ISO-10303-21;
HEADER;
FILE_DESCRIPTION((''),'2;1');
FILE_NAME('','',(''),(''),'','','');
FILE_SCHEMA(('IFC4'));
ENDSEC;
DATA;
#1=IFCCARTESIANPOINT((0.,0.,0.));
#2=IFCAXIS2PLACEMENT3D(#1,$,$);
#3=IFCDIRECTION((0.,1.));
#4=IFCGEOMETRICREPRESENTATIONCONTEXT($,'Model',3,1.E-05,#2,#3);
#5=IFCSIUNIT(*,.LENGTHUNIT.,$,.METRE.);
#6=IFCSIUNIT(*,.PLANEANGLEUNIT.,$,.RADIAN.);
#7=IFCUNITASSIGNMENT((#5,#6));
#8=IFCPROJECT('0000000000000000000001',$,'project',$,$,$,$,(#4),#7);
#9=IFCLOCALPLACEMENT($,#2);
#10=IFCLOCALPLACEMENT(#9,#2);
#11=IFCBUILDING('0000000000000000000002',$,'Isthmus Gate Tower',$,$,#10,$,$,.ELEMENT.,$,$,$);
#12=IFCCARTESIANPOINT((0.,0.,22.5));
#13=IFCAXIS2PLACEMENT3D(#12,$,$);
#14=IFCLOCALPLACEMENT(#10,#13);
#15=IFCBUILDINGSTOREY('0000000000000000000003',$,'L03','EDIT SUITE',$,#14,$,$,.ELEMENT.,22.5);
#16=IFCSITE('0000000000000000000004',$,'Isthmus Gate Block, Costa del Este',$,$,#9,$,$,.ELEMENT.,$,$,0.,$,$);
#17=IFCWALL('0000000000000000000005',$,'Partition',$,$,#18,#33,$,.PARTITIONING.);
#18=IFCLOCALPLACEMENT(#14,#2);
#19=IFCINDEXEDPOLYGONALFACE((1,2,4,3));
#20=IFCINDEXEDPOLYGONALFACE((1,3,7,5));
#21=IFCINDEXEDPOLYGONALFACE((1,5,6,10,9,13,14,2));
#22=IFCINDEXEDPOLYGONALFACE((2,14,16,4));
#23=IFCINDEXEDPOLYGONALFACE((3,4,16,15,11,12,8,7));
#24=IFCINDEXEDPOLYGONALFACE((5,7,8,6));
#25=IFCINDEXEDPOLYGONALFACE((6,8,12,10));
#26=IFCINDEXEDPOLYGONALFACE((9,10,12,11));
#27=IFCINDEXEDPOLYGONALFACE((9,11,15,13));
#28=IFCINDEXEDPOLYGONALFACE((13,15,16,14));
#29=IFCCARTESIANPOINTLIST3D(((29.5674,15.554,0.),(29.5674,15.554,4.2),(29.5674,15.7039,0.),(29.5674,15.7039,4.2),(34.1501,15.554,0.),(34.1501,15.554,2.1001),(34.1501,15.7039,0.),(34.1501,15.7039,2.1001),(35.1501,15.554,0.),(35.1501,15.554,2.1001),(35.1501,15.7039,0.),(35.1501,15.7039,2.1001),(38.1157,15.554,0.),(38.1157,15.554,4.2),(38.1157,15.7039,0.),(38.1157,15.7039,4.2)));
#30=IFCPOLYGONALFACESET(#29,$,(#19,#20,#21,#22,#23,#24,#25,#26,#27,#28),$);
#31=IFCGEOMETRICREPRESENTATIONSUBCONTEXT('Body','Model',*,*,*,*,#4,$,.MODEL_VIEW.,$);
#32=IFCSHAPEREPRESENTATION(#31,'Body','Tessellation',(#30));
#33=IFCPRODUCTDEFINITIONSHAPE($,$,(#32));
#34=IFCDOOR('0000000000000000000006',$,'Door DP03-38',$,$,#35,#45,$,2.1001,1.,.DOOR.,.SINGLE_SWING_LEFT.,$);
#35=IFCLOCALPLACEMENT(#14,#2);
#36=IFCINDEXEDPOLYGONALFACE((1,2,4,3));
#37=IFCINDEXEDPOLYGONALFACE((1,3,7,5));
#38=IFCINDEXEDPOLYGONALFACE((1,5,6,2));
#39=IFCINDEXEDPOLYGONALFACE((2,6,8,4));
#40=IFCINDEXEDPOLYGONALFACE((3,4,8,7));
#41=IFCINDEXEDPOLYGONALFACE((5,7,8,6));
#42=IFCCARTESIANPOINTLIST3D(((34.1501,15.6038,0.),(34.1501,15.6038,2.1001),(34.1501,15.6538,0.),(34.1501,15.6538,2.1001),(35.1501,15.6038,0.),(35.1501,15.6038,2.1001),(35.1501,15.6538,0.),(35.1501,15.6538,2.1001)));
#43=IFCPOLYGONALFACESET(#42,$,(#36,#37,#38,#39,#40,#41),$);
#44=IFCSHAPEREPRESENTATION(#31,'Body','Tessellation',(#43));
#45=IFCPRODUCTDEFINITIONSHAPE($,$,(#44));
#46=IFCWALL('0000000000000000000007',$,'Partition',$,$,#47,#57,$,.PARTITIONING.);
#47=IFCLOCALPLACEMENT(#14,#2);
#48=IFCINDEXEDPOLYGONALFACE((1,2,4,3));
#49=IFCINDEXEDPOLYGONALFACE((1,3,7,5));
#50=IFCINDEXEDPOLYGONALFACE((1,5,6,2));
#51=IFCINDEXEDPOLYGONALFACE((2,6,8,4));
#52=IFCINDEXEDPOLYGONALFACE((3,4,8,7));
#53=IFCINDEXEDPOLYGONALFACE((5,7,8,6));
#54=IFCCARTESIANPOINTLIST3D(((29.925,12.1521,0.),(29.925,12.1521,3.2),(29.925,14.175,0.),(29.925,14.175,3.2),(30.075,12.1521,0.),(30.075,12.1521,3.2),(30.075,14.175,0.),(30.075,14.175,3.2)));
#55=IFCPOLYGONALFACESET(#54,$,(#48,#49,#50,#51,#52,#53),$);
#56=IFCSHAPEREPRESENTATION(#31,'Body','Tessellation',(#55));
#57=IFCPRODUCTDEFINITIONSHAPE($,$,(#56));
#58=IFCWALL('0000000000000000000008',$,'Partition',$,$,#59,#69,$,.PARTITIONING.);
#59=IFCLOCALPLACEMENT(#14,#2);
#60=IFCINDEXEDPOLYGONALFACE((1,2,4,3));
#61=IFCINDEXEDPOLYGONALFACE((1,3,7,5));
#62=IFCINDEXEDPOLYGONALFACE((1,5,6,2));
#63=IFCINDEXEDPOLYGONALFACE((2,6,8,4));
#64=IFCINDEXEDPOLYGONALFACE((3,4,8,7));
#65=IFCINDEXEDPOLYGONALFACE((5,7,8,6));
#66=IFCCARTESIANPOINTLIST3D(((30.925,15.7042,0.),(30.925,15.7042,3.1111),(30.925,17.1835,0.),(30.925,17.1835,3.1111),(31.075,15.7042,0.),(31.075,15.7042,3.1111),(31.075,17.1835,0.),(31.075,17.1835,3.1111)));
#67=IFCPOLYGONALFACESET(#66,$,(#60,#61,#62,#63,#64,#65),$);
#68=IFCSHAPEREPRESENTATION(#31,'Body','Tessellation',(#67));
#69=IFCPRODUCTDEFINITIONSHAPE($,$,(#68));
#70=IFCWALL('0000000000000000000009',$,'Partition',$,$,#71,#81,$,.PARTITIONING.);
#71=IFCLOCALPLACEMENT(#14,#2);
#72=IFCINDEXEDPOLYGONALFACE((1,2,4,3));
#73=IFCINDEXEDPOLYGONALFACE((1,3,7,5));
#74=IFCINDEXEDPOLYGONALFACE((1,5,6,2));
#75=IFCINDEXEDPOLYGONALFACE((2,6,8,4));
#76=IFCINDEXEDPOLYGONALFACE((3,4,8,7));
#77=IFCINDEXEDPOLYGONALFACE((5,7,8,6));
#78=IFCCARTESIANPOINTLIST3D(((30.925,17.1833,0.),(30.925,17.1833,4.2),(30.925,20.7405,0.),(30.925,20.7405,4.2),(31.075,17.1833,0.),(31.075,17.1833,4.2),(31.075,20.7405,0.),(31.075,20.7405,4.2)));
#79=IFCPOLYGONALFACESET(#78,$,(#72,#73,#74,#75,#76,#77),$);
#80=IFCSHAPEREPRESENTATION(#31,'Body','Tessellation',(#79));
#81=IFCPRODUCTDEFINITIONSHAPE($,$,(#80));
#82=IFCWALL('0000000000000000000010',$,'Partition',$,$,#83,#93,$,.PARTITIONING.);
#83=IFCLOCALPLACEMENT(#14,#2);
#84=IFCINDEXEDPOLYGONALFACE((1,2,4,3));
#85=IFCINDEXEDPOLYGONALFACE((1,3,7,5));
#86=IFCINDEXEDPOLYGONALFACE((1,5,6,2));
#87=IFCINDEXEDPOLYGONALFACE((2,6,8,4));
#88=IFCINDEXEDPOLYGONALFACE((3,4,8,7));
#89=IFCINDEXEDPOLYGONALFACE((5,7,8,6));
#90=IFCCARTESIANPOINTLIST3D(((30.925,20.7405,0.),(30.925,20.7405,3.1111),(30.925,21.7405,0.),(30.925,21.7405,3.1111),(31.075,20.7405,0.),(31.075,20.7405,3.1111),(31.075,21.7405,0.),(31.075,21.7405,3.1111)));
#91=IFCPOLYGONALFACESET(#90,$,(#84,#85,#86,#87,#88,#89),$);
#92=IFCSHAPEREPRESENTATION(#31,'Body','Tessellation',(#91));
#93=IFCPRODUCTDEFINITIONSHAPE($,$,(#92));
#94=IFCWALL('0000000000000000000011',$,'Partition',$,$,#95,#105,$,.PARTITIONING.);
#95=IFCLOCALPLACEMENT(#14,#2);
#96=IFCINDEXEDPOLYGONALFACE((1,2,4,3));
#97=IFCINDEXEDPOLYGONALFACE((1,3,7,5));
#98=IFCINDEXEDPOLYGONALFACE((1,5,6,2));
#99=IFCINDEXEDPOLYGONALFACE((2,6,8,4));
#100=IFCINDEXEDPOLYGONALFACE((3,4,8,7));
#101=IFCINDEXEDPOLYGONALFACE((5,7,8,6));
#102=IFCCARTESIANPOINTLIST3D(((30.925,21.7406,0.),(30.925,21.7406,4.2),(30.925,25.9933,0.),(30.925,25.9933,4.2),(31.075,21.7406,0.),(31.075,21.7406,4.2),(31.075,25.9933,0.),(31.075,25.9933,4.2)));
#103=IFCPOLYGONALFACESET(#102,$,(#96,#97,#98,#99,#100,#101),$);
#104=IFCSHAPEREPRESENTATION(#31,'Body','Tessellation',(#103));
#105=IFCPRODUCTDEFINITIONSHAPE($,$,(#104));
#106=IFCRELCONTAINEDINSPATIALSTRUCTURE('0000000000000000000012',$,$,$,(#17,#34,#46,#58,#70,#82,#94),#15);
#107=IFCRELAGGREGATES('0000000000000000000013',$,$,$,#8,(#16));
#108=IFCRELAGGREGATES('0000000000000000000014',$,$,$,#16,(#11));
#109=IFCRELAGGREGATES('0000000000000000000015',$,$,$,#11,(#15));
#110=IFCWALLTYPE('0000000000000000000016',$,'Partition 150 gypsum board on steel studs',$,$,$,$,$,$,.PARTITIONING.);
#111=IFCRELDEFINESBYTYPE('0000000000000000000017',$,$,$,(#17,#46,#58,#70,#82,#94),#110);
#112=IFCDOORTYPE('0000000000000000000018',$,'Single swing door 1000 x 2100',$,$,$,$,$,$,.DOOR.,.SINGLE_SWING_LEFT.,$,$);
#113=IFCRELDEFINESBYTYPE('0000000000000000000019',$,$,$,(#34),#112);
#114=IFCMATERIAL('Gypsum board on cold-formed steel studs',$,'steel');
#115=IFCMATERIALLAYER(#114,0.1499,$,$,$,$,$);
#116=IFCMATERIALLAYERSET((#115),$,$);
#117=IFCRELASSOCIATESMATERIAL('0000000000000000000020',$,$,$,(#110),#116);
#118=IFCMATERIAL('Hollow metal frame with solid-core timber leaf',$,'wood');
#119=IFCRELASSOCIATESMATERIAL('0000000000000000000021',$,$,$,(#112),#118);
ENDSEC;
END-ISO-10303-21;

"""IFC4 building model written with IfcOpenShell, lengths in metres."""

from ifc_helpers import new_model, si_unit, direction, frame, frame_2d, origin, place, context, subcontext, project, spatial, rectangle, extrude, material, layer, layer_set, type_object, element, fill, save


model = new_model("IFC4")

# Units and contexts
model_context = context("Model", 3, precision=1e-05, world=origin(), true_north=direction((0.0, 1.0)))
body_context = subcontext(model_context, "Body", "Model", "MODEL_VIEW")
ifc_project = project(units=[si_unit("LENGTHUNIT", "METRE"), si_unit("PLANEANGLEUNIT", "RADIAN")], contexts=[model_context])

# Site, building, storey
site_placement = place(None, origin())
site = spatial("IfcSite", under=ifc_project, at=site_placement, Name="Isthmus Gate Block, Costa del Este", CompositionType="ELEMENT", RefElevation=0.0)
building_placement = place(site_placement, origin())
building = spatial("IfcBuilding", under=site, at=building_placement, Name="Isthmus Gate Tower", CompositionType="ELEMENT")
storey_placement = place(building_placement, frame((0.0, 0.0, 22.5)))
storey = spatial("IfcBuildingStorey", under=building, at=storey_placement, Name="L03", Description="EDIT SUITE", CompositionType="ELEMENT", Elevation=22.5)

# Shared definitions
ifc_material_1 = material(Name="Gypsum board on cold-formed steel studs", Category="steel")
ifc_layer = layer(ifc_material_1, 0.1499)
ifc_layer_set = layer_set([ifc_layer])
wall_type = type_object("IfcWallType", Name="Partition 150 gypsum board on steel studs", PredefinedType="PARTITIONING", material=ifc_layer_set)

# Wall, opening, door
ifc_material_2 = material(Name="Hollow metal frame with solid-core timber leaf", Category="wood")
door_type = type_object("IfcDoorType", Name="Single swing door 1000 x 2100", OperationType="SINGLE_SWING_LEFT", PredefinedType="DOOR", material=ifc_material_2)
wall_1_placement = place(storey_placement, frame((29.5674, 15.6289, 0.0), z_axis=(0.0, 0.0, 1.0), x_axis=(1.0, 0.0, 0.0)))
wall_1 = element("IfcWall", 1, at=wall_1_placement, inside=storey, type_object=wall_type, Name="Partition", PredefinedType="PARTITIONING", context=body_context, shape_type="SweptSolid", body=[
    extrude(rectangle(XDim=8.5483, YDim=0.1499, at=frame_2d((4.2742, 0.0))), origin(), (0.0, 0.0, 1.0), 4.2),
])
opening_1_placement = place(wall_1_placement, frame((4.5828, 0.0, 0.0)))
opening_1 = element("IfcOpeningElement", 2, at=opening_1_placement, cuts=wall_1, PredefinedType="OPENING", context=body_context, shape_type="SweptSolid", body=[
    extrude(rectangle(XDim=1.0, YDim=2.1001, at=frame_2d((0.5, 1.05))), frame((0.0, 0.085, 0.0), z_axis=(0.0, -1.0, 0.0), x_axis=(1.0, 0.0, 0.0)), (0.0, 0.0, 1.0), 0.1699),
])
door_1_placement = place(opening_1_placement, origin())
door_1 = element("IfcDoor", 3, at=door_1_placement, inside=storey, type_object=door_type, Name="Door DP03-38", OperationType="SINGLE_SWING_LEFT", OverallHeight=2.1001, OverallWidth=1.0, PredefinedType="DOOR", context=body_context, shape_type="SweptSolid", body=[
    extrude(rectangle(XDim=1.0, YDim=2.1001, at=frame_2d((0.5, 1.05))), frame((0.0, 0.0249, 0.0), z_axis=(0.0, -1.0, 0.0), x_axis=(1.0, 0.0, 0.0)), (0.0, 0.0, 1.0), 0.05),
])
fill(opening_1, door_1)

# Walls
wall_2_placement = place(storey_placement, frame((30.0, 12.1521, 0.0), z_axis=(0.0, 0.0, 1.0), x_axis=(0.0, 1.0, 0.0)))
element("IfcWall", 4, at=wall_2_placement, inside=storey, type_object=wall_type, Name="Partition", PredefinedType="PARTITIONING", context=body_context, shape_type="SweptSolid", body=[
    extrude(rectangle(XDim=2.0229, YDim=0.1499, at=frame_2d((1.0115, 0.0))), origin(), (0.0, 0.0, 1.0), 3.2),
])
wall_3_placement = place(storey_placement, frame((31.0, 15.7041, 0.0), z_axis=(0.0, 0.0, 1.0), x_axis=(0.0, 1.0, 0.0)))
element("IfcWall", 5, at=wall_3_placement, inside=storey, type_object=wall_type, Name="Partition", PredefinedType="PARTITIONING", context=body_context, shape_type="SweptSolid", body=[
    extrude(rectangle(XDim=1.4792, YDim=0.1499, at=frame_2d((0.7397, 0.0))), origin(), (0.0, 0.0, 1.0), 3.1111),
])
wall_4_placement = place(storey_placement, frame((31.0, 17.1833, 0.0), z_axis=(0.0, 0.0, 1.0), x_axis=(0.0, 1.0, 0.0)))
element("IfcWall", 6, at=wall_4_placement, inside=storey, type_object=wall_type, Name="Partition", PredefinedType="PARTITIONING", context=body_context, shape_type="SweptSolid", body=[
    extrude(rectangle(XDim=3.5571, YDim=0.1499, at=frame_2d((1.7786, 0.0))), origin(), (0.0, 0.0, 1.0), 4.2),
])
wall_5_placement = place(storey_placement, frame((31.0, 20.7405, 0.0), z_axis=(0.0, 0.0, 1.0), x_axis=(0.0, 1.0, 0.0)))
element("IfcWall", 7, at=wall_5_placement, inside=storey, type_object=wall_type, Name="Partition", PredefinedType="PARTITIONING", context=body_context, shape_type="SweptSolid", body=[
    extrude(rectangle(XDim=1.0, YDim=0.1499, at=frame_2d((0.5, 0.0))), origin(), (0.0, 0.0, 1.0), 3.1111),
])
wall_6_placement = place(storey_placement, frame((31.0, 21.7405, 0.0), z_axis=(0.0, 0.0, 1.0), x_axis=(0.0, 1.0, 0.0)))
element("IfcWall", 8, at=wall_6_placement, inside=storey, type_object=wall_type, Name="Partition", PredefinedType="PARTITIONING", context=body_context, shape_type="SweptSolid", body=[
    extrude(rectangle(XDim=4.2527, YDim=0.1499, at=frame_2d((2.1265, 0.0))), origin(), (0.0, 0.0, 1.0), 4.2),
])

save(model, "model.ifc")
